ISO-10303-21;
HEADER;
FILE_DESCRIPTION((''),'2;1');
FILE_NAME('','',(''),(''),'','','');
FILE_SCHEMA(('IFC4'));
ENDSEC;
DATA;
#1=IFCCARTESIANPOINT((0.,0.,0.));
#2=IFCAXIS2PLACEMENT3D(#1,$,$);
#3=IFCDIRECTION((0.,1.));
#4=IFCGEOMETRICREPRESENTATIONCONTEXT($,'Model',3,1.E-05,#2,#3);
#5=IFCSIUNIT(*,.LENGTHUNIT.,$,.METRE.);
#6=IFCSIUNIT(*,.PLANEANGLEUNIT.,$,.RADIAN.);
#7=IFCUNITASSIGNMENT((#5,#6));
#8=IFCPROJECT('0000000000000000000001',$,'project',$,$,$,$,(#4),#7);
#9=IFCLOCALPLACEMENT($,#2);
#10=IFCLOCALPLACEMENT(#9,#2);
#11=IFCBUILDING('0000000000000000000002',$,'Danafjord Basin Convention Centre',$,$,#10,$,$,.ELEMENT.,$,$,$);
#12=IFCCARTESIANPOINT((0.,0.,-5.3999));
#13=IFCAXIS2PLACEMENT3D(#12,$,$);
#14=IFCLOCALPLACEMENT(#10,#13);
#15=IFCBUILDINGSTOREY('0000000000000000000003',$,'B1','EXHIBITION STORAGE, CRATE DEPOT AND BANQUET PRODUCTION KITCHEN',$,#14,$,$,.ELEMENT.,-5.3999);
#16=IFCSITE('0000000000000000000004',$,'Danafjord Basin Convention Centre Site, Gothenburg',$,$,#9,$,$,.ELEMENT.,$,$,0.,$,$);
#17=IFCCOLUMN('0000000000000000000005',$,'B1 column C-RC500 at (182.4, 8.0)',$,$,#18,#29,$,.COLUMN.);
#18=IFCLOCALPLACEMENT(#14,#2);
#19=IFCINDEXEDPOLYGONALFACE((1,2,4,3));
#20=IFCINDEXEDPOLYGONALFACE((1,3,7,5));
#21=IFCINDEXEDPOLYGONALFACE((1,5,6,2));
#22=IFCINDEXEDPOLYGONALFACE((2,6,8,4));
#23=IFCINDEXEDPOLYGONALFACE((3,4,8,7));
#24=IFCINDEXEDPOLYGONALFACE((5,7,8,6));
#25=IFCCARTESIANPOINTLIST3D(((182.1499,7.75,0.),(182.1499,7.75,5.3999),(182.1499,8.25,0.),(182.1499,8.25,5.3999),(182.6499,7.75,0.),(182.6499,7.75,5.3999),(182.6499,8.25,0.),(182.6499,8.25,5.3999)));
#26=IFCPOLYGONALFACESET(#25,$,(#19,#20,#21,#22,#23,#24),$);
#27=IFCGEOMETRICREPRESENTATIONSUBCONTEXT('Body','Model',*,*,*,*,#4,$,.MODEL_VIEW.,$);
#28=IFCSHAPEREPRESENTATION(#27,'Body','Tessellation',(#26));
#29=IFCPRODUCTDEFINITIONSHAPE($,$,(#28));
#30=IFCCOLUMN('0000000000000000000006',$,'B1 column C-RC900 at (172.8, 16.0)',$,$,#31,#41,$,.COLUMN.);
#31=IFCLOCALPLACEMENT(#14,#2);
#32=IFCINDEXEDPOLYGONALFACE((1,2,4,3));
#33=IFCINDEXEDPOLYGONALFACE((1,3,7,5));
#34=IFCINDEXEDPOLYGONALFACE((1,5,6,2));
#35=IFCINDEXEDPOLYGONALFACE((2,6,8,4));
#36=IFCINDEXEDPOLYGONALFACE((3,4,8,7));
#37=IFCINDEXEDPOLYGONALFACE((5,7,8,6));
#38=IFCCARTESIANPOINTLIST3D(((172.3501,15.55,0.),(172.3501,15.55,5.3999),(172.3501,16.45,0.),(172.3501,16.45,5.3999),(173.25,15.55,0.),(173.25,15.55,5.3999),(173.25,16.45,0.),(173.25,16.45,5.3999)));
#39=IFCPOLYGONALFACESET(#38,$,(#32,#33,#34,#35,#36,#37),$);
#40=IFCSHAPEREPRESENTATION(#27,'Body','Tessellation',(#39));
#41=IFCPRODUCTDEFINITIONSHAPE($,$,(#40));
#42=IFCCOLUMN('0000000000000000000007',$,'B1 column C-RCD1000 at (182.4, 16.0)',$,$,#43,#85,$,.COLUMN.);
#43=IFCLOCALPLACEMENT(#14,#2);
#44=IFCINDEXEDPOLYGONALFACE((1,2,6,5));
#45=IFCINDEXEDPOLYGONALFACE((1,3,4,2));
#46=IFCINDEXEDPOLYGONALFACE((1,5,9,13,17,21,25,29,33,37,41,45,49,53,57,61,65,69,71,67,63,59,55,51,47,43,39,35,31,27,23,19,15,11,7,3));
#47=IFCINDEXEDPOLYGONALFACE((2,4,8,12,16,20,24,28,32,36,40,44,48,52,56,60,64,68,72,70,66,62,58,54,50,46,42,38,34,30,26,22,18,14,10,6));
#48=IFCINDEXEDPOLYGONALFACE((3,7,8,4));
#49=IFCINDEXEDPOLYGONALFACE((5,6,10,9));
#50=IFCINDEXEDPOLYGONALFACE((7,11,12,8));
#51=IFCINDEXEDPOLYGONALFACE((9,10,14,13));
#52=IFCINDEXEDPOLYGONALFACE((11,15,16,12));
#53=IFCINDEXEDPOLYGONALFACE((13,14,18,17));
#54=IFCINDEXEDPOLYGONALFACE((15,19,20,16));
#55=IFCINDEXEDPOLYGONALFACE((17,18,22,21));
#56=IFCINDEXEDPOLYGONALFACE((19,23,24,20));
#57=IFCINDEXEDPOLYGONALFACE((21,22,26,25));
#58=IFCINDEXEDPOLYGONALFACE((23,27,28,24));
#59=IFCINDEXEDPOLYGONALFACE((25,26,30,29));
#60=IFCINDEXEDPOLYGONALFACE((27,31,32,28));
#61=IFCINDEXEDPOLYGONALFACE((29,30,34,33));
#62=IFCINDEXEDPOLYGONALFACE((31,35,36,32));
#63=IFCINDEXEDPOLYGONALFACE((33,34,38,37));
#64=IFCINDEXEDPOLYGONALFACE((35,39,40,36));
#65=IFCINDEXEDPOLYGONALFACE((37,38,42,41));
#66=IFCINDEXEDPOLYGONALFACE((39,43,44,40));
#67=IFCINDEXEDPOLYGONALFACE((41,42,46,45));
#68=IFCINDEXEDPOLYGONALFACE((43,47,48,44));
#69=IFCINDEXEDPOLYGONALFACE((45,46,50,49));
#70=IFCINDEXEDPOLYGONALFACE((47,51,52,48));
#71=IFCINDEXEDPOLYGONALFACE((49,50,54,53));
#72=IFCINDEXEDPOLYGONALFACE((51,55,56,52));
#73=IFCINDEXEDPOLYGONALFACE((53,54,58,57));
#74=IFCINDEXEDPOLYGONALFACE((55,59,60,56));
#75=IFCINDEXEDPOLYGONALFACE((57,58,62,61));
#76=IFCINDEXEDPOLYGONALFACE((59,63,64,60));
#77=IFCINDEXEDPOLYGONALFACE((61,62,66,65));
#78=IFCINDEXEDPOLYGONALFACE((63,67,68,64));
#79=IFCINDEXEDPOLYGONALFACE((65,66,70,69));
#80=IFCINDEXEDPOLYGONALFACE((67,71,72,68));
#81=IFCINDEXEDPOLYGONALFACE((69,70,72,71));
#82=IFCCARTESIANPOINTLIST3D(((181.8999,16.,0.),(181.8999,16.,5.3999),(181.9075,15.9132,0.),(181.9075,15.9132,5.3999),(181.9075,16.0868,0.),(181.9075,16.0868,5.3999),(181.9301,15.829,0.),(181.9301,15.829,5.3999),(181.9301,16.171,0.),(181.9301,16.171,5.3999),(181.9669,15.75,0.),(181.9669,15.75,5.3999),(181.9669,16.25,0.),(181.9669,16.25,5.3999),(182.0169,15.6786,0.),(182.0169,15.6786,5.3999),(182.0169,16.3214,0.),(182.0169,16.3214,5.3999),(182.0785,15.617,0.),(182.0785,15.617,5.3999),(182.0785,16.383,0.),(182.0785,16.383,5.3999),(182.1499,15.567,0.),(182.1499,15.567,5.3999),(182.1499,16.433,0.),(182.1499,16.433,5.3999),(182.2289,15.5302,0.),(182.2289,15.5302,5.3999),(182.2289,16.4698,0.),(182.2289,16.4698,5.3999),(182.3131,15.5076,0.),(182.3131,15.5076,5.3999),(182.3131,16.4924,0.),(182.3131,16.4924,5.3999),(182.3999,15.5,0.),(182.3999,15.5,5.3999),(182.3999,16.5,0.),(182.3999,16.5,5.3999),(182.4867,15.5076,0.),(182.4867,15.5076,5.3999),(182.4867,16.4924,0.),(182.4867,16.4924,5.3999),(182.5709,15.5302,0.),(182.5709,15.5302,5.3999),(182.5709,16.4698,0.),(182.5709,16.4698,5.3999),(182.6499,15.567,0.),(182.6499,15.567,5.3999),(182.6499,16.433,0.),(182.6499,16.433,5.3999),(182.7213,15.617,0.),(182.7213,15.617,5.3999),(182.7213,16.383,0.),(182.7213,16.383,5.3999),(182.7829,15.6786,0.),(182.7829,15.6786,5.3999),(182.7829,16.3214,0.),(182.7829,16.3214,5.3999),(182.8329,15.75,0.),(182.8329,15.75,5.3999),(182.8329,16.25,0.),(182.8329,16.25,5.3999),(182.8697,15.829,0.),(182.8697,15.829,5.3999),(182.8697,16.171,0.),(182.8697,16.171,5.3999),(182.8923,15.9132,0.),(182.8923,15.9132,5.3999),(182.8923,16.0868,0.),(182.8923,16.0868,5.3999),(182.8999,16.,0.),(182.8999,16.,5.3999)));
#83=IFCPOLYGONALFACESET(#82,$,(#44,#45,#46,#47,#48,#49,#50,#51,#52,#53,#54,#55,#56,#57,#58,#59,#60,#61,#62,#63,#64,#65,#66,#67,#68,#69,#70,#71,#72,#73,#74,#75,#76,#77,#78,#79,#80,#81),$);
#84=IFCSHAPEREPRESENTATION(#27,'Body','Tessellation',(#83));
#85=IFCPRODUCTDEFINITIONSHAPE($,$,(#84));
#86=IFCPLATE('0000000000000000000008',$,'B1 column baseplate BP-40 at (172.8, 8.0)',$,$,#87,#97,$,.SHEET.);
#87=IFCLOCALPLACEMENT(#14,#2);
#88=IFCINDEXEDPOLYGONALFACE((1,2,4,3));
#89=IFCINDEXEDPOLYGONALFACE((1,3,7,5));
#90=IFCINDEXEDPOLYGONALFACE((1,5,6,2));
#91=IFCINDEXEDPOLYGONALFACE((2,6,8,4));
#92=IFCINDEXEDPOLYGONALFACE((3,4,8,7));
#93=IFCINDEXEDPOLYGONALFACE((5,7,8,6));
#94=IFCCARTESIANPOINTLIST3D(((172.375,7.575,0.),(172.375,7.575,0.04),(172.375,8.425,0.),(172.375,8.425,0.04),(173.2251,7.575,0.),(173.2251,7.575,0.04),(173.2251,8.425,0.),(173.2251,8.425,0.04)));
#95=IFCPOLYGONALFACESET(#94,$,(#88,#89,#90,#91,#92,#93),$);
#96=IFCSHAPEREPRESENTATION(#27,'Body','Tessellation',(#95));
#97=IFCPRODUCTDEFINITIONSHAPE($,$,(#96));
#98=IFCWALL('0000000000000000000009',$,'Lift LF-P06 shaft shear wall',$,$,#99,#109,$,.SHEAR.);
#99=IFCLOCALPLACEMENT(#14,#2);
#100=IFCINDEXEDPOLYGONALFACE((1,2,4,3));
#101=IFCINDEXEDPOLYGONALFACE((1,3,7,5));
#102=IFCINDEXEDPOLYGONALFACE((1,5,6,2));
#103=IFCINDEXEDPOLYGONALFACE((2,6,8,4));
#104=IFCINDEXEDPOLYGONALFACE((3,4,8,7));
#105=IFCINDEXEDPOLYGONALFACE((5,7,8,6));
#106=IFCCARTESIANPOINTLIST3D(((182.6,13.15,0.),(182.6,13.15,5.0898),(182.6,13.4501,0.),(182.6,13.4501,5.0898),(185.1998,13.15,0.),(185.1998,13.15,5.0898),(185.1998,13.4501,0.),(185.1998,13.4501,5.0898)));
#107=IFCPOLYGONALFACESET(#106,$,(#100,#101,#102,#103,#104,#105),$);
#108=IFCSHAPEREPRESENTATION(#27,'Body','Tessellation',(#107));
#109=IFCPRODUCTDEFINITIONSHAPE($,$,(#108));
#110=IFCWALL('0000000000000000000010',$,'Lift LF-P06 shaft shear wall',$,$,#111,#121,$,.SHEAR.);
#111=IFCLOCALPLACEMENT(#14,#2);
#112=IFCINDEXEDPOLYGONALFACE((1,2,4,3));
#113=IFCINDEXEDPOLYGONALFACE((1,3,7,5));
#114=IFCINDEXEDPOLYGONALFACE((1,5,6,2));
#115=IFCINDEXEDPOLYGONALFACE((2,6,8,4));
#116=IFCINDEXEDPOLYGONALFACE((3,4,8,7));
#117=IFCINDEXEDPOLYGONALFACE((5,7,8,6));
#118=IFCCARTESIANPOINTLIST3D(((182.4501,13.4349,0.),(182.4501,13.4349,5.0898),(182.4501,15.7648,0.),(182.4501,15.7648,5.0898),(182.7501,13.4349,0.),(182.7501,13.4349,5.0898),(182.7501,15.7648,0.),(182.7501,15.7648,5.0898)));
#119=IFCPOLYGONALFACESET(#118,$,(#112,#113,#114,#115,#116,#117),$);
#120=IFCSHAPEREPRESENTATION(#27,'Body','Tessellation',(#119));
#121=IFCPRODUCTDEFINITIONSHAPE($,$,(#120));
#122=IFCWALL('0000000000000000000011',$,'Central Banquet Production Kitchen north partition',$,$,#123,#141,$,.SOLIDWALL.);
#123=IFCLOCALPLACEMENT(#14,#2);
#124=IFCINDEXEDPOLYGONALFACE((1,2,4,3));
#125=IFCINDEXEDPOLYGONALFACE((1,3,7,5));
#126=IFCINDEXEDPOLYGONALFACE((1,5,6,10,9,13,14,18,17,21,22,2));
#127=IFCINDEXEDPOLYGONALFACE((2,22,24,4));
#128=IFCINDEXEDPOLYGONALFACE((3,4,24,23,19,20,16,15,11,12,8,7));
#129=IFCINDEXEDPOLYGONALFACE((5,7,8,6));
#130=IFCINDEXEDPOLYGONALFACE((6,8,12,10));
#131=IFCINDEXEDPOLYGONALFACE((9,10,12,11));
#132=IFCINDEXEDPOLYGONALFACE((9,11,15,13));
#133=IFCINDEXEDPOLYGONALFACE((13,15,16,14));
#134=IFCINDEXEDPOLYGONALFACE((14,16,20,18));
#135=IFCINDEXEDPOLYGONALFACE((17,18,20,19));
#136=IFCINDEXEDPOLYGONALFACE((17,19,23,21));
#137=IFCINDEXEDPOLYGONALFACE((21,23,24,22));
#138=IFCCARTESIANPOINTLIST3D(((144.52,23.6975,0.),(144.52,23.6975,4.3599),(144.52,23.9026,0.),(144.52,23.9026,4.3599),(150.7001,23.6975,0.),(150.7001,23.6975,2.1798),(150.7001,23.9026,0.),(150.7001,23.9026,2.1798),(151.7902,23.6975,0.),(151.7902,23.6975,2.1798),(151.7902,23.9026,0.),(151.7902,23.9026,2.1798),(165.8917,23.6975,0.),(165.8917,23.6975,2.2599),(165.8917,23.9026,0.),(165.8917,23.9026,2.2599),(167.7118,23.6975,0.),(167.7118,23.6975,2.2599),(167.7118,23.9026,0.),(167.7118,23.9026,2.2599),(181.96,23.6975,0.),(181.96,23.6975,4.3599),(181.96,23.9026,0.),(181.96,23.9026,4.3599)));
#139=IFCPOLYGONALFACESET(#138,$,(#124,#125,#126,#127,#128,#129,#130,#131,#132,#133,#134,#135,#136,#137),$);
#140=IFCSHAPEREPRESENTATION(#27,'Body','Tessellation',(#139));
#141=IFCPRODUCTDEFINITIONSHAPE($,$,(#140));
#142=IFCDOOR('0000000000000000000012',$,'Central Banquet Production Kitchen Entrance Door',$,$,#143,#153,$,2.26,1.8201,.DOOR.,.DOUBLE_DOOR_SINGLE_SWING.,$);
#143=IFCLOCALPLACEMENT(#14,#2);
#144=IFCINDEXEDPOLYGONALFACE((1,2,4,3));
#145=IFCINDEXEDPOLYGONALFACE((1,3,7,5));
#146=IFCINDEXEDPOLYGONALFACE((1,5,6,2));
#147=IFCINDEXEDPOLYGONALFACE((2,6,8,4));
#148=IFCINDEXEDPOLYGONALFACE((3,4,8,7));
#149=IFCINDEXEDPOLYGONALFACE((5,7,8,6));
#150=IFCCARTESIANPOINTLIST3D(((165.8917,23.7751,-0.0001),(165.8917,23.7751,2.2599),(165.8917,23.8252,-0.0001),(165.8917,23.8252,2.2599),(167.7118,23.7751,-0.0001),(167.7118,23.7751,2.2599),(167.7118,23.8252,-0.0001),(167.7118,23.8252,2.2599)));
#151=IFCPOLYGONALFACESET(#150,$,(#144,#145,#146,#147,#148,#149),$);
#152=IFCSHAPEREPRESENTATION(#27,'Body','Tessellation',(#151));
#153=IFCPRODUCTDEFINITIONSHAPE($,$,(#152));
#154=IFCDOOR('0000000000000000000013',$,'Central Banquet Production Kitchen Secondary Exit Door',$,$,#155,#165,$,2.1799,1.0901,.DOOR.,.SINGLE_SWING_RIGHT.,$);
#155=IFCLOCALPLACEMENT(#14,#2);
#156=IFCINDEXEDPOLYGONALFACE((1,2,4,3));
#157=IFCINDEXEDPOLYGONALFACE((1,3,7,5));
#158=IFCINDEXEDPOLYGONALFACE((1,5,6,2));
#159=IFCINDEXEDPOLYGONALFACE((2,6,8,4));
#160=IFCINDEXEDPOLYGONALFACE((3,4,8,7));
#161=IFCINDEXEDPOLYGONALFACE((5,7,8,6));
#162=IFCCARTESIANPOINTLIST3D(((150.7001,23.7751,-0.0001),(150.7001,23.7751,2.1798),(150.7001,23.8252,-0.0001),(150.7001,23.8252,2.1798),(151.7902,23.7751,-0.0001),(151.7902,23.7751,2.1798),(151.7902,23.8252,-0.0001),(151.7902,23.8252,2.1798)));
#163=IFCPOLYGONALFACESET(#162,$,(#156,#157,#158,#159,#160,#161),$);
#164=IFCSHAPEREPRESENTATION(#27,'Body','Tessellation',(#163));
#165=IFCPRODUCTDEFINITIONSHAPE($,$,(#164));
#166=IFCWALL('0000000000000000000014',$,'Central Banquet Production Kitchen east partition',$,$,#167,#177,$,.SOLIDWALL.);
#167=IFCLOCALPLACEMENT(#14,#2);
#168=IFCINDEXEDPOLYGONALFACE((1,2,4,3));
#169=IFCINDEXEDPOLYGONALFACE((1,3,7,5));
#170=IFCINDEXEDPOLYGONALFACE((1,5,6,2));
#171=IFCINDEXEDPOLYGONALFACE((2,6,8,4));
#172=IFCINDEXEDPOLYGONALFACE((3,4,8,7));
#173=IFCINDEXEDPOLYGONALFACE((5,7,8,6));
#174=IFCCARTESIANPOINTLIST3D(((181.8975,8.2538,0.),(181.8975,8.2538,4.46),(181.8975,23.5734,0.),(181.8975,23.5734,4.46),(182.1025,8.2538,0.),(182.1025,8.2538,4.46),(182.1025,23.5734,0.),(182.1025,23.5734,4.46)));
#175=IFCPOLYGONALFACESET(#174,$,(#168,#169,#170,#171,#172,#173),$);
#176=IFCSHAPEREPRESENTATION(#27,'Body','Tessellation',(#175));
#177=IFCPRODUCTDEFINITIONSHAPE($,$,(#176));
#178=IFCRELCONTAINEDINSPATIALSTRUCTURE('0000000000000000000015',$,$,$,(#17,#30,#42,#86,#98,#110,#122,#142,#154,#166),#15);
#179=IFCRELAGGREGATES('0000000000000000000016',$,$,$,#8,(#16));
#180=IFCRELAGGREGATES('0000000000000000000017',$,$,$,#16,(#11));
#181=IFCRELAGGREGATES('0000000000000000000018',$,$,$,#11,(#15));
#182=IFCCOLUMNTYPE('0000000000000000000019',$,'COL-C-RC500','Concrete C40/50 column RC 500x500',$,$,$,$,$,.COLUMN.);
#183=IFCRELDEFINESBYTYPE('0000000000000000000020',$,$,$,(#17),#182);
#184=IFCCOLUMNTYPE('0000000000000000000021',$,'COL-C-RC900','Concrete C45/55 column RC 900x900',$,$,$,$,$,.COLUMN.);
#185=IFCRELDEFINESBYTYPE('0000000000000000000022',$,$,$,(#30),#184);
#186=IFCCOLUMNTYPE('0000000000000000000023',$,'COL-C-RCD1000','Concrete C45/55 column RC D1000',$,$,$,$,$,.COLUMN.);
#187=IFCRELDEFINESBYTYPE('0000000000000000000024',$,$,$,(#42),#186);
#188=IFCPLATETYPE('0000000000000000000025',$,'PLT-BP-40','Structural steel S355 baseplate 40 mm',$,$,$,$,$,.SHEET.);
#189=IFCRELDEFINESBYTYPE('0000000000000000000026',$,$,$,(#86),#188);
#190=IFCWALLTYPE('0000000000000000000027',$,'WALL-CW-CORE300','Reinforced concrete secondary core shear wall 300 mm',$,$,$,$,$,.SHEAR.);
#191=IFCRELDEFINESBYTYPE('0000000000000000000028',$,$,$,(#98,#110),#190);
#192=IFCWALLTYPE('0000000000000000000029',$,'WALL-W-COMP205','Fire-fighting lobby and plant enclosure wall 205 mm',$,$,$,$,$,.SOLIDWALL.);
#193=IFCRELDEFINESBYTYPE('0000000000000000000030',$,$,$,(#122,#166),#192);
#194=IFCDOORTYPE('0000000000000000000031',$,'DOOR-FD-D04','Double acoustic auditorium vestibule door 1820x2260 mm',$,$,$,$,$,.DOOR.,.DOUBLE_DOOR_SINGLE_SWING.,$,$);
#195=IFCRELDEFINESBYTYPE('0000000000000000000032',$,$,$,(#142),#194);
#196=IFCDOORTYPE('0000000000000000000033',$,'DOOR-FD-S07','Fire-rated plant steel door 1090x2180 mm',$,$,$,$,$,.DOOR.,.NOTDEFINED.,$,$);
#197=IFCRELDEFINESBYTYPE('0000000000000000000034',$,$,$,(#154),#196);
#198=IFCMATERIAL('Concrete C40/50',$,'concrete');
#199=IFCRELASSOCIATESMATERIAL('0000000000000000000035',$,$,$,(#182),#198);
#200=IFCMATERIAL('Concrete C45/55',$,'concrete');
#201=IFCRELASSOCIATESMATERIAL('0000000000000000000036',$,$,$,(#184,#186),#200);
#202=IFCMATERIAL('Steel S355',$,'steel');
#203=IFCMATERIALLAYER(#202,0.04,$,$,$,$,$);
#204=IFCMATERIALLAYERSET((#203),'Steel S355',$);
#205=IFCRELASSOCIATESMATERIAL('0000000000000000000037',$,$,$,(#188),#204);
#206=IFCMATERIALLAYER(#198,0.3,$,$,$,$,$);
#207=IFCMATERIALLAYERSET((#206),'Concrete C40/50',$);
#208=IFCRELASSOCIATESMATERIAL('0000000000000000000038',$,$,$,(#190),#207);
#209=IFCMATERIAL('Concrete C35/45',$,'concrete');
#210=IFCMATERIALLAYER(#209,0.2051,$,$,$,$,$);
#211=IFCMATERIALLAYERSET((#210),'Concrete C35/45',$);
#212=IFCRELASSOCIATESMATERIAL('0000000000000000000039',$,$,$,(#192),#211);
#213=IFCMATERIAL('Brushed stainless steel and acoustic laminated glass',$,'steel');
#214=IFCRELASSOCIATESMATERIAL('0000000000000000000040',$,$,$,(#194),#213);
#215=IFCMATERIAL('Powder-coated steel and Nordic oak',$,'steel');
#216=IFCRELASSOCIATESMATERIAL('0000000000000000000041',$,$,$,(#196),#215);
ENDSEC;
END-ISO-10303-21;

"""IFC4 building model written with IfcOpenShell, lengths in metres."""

from ifc_helpers import new_model, si_unit, direction, frame, frame_2d, origin, origin_2d, place, context, subcontext, project, spatial, rectangle, circle, extrude, material, layer, layer_set, material_profile, profile_set, type_object, element, fill, save


model = new_model("IFC4")

# Units and contexts
model_context = context("Model", 3, precision=1e-05, world=origin(), true_north=direction((0.0, 1.0)))
body_context = subcontext(model_context, "Body", "Model", "MODEL_VIEW")
ifc_project = project(units=[si_unit("LENGTHUNIT", "METRE"), si_unit("PLANEANGLEUNIT", "RADIAN")], contexts=[model_context])

# Site, building, storey
site_placement = place(None, origin())
site = spatial("IfcSite", under=ifc_project, at=site_placement, Name="Danafjord Basin Convention Centre Site, Gothenburg", CompositionType="ELEMENT", RefElevation=0.0)
building_placement = place(site_placement, origin())
building = spatial("IfcBuilding", under=site, at=building_placement, Name="Danafjord Basin Convention Centre", CompositionType="ELEMENT")
storey_placement = place(building_placement, frame((0.0, 0.0, -5.3999)))
storey = spatial("IfcBuildingStorey", under=building, at=storey_placement, Name="B1", Description="EXHIBITION STORAGE, CRATE DEPOT AND BANQUET PRODUCTION KITCHEN", CompositionType="ELEMENT", Elevation=-5.3999)

# Shared definitions
ifc_material_1 = material(Name="Concrete C40/50", Category="concrete")
ifc_material_2 = material(Name="Concrete C35/45", Category="concrete")

# Columns
ifc_material_3 = material(Name="Concrete C45/55", Category="concrete")
ifc_material_profile_1 = material_profile(ifc_material_1, rectangle(XDim=0.5, YDim=0.5, at=origin_2d()), Name="RC 500x500")
ifc_profile_set_1 = profile_set([ifc_material_profile_1], Name="Concrete C40/50")
column_type_1 = type_object("IfcColumnType", Name="COL-C-RC500", Description="Concrete C40/50 column RC 500x500", PredefinedType="COLUMN", material=ifc_profile_set_1)
column_1_placement = place(storey_placement, frame((182.3999, 8.0, 0.0), z_axis=(0.0, 0.0, 1.0), x_axis=(1.0, 0.0, 0.0)))
element("IfcColumn", 1, at=column_1_placement, inside=storey, type_object=column_type_1, Name="B1 column C-RC500 at (182.4, 8.0)", PredefinedType="COLUMN", context=body_context, shape_type="SweptSolid", body=[
    extrude(rectangle(XDim=0.5, YDim=0.5, at=origin_2d()), origin(), (0.0, 0.0, 1.0), 5.3999),
])
ifc_material_profile_2 = material_profile(ifc_material_3, rectangle(XDim=0.8999, YDim=0.8999, at=origin_2d()), Name="RC 900x900")
ifc_profile_set_2 = profile_set([ifc_material_profile_2], Name="Concrete C45/55")
column_type_2 = type_object("IfcColumnType", Name="COL-C-RC900", Description="Concrete C45/55 column RC 900x900", PredefinedType="COLUMN", material=ifc_profile_set_2)
column_2_placement = place(storey_placement, frame((172.8, 16.0, 0.0), z_axis=(0.0, 0.0, 1.0), x_axis=(1.0, 0.0, 0.0)))
element("IfcColumn", 2, at=column_2_placement, inside=storey, type_object=column_type_2, Name="B1 column C-RC900 at (172.8, 16.0)", PredefinedType="COLUMN", context=body_context, shape_type="SweptSolid", body=[
    extrude(rectangle(XDim=0.8999, YDim=0.8999, at=origin_2d()), origin(), (0.0, 0.0, 1.0), 5.3999),
])
ifc_material_profile_3 = material_profile(ifc_material_3, circle(Radius=0.5, at=origin_2d()), Name="RC D1000")
ifc_profile_set_3 = profile_set([ifc_material_profile_3], Name="Concrete C45/55")
column_type_3 = type_object("IfcColumnType", Name="COL-C-RCD1000", Description="Concrete C45/55 column RC D1000", PredefinedType="COLUMN", material=ifc_profile_set_3)
column_3_placement = place(storey_placement, frame((182.3999, 16.0, 0.0), z_axis=(0.0, 0.0, 1.0), x_axis=(1.0, 0.0, 0.0)))
element("IfcColumn", 3, at=column_3_placement, inside=storey, type_object=column_type_3, Name="B1 column C-RCD1000 at (182.4, 16.0)", PredefinedType="COLUMN", context=body_context, shape_type="SweptSolid", body=[
    extrude(circle(Radius=0.5, at=origin_2d()), origin(), (0.0, 0.0, 1.0), 5.3999),
])

# Plate
ifc_material_4 = material(Name="Steel S355", Category="steel")
ifc_layer_1 = layer(ifc_material_4, 0.04)
ifc_layer_set_1 = layer_set([ifc_layer_1], Name="Steel S355")
plate_type = type_object("IfcPlateType", Name="PLT-BP-40", Description="Structural steel S355 baseplate 40 mm", PredefinedType="SHEET", material=ifc_layer_set_1)
plate_placement = place(storey_placement, frame((172.8, 8.0, 0.0), z_axis=(0.0, 0.0, 1.0), x_axis=(1.0, 0.0, 0.0)))
element("IfcPlate", 4, at=plate_placement, inside=storey, type_object=plate_type, Name="B1 column baseplate BP-40 at (172.8, 8.0)", PredefinedType="SHEET", context=body_context, shape_type="SweptSolid", body=[
    extrude(rectangle(XDim=0.8501, YDim=0.8501, at=origin_2d()), origin(), (0.0, 0.0, 1.0), 0.04),
])

# Walls
ifc_layer_2 = layer(ifc_material_1, 0.3)
ifc_layer_set_2 = layer_set([ifc_layer_2], Name="Concrete C40/50")
wall_type_1 = type_object("IfcWallType", Name="WALL-CW-CORE300", Description="Reinforced concrete secondary core shear wall 300 mm", PredefinedType="SHEAR", material=ifc_layer_set_2)
wall_1_placement = place(storey_placement, frame((182.6001, 13.3, 0.0), z_axis=(0.0, 0.0, 1.0), x_axis=(1.0, 0.0, 0.0)))
element("IfcWall", 5, at=wall_1_placement, inside=storey, type_object=wall_type_1, Name="Lift LF-P06 shaft shear wall", PredefinedType="SHEAR", context=body_context, shape_type="SweptSolid", body=[
    extrude(rectangle(XDim=2.5999, YDim=0.3, at=frame_2d((1.2998, 0.0))), origin(), (0.0, 0.0, 1.0), 5.0898),
])
wall_2_placement = place(storey_placement, frame((182.6001, 15.7649, 0.0), z_axis=(0.0, 0.0, 1.0), x_axis=(0.0, -1.0, 0.0)))
element("IfcWall", 6, at=wall_2_placement, inside=storey, type_object=wall_type_1, Name="Lift LF-P06 shaft shear wall", PredefinedType="SHEAR", context=body_context, shape_type="SweptSolid", body=[
    extrude(rectangle(XDim=2.3298, YDim=0.3, at=frame_2d((1.165, 0.0))), origin(), (0.0, 0.0, 1.0), 5.0898),
])

# Wall, openings, doors
ifc_layer_3 = layer(ifc_material_2, 0.2051)
ifc_layer_set_3 = layer_set([ifc_layer_3], Name="Concrete C35/45")
wall_type_2 = type_object("IfcWallType", Name="WALL-W-COMP205", Description="Fire-fighting lobby and plant enclosure wall 205 mm", PredefinedType="SOLIDWALL", material=ifc_layer_set_3)
wall_3_placement = place(storey_placement, frame((181.96, 23.8, 0.0), z_axis=(0.0, 0.0, 1.0), x_axis=(-1.0, 0.0, 0.0)))
wall_3 = element("IfcWall", 7, at=wall_3_placement, inside=storey, type_object=wall_type_2, Name="Central Banquet Production Kitchen north partition", PredefinedType="SOLIDWALL", context=body_context, shape_type="SweptSolid", body=[
    extrude(rectangle(XDim=37.4399, YDim=0.2051, at=frame_2d((18.72, 0.0))), origin(), (0.0, 0.0, 1.0), 4.3599),
])
opening_1_placement = place(wall_3_placement, frame((14.248, 0.0, 0.0)))
opening_1 = element("IfcOpeningElement", 8, at=opening_1_placement, cuts=wall_3, PredefinedType="OPENING", context=body_context, shape_type="SweptSolid", body=[
    extrude(rectangle(XDim=1.8201, YDim=2.26, at=frame_2d((0.9102, 1.1299))), frame((0.0, 0.1125, 0.0), z_axis=(0.0, -1.0, 0.0), x_axis=(1.0, 0.0, 0.0)), (0.0, 0.0, 1.0), 0.2251),
])
opening_2_placement = place(wall_3_placement, frame((30.1699, 0.0, 0.0)))
opening_2 = element("IfcOpeningElement", 9, at=opening_2_placement, cuts=wall_3, PredefinedType="OPENING", context=body_context, shape_type="SweptSolid", body=[
    extrude(rectangle(XDim=1.0901, YDim=2.1799, at=frame_2d((0.5449, 1.0898))), frame((0.0, 0.1125, 0.0), z_axis=(0.0, -1.0, 0.0), x_axis=(1.0, 0.0, 0.0)), (0.0, 0.0, 1.0), 0.2251),
])
ifc_material_5 = material(Name="Brushed stainless steel and acoustic laminated glass", Category="steel")
door_type_1 = type_object("IfcDoorType", Name="DOOR-FD-D04", Description="Double acoustic auditorium vestibule door 1820x2260 mm", OperationType="DOUBLE_DOOR_SINGLE_SWING", PredefinedType="DOOR", material=ifc_material_5)
door_1_placement = place(opening_1_placement, origin())
door_1 = element("IfcDoor", 10, at=door_1_placement, inside=storey, type_object=door_type_1, Name="Central Banquet Production Kitchen Entrance Door", OperationType="DOUBLE_DOOR_SINGLE_SWING", OverallHeight=2.26, OverallWidth=1.8201, PredefinedType="DOOR", context=body_context, shape_type="SweptSolid", body=[
    extrude(rectangle(XDim=1.8201, YDim=2.26, at=frame_2d((0.9102, 1.1299))), frame((0.0, 0.0249, 0.0), z_axis=(0.0, -1.0, 0.0), x_axis=(1.0, 0.0, 0.0)), (0.0, 0.0, 1.0), 0.05),
])
fill(opening_1, door_1)
ifc_material_6 = material(Name="Powder-coated steel and Nordic oak", Category="steel")
door_type_2 = type_object("IfcDoorType", Name="DOOR-FD-S07", Description="Fire-rated plant steel door 1090x2180 mm", OperationType="NOTDEFINED", PredefinedType="DOOR", material=ifc_material_6)
door_2_placement = place(opening_2_placement, origin())
door_2 = element("IfcDoor", 11, at=door_2_placement, inside=storey, type_object=door_type_2, Name="Central Banquet Production Kitchen Secondary Exit Door", OperationType="SINGLE_SWING_RIGHT", OverallHeight=2.1799, OverallWidth=1.0901, PredefinedType="DOOR", context=body_context, shape_type="SweptSolid", body=[
    extrude(rectangle(XDim=1.0901, YDim=2.1799, at=frame_2d((0.5449, 1.0898))), frame((0.0, 0.0249, 0.0), z_axis=(0.0, -1.0, 0.0), x_axis=(1.0, 0.0, 0.0)), (0.0, 0.0, 1.0), 0.05),
])
fill(opening_2, door_2)

# Wall
wall_4_placement = place(storey_placement, frame((182.0, 8.2539, 0.0), z_axis=(0.0, 0.0, 1.0), x_axis=(0.0, 1.0, 0.0)))
element("IfcWall", 12, at=wall_4_placement, inside=storey, type_object=wall_type_2, Name="Central Banquet Production Kitchen east partition", PredefinedType="SOLIDWALL", context=body_context, shape_type="SweptSolid", body=[
    extrude(rectangle(XDim=15.3196, YDim=0.2051, at=frame_2d((7.6597, 0.0))), origin(), (0.0, 0.0, 1.0), 4.46),
])

save(model, "model.ifc")
